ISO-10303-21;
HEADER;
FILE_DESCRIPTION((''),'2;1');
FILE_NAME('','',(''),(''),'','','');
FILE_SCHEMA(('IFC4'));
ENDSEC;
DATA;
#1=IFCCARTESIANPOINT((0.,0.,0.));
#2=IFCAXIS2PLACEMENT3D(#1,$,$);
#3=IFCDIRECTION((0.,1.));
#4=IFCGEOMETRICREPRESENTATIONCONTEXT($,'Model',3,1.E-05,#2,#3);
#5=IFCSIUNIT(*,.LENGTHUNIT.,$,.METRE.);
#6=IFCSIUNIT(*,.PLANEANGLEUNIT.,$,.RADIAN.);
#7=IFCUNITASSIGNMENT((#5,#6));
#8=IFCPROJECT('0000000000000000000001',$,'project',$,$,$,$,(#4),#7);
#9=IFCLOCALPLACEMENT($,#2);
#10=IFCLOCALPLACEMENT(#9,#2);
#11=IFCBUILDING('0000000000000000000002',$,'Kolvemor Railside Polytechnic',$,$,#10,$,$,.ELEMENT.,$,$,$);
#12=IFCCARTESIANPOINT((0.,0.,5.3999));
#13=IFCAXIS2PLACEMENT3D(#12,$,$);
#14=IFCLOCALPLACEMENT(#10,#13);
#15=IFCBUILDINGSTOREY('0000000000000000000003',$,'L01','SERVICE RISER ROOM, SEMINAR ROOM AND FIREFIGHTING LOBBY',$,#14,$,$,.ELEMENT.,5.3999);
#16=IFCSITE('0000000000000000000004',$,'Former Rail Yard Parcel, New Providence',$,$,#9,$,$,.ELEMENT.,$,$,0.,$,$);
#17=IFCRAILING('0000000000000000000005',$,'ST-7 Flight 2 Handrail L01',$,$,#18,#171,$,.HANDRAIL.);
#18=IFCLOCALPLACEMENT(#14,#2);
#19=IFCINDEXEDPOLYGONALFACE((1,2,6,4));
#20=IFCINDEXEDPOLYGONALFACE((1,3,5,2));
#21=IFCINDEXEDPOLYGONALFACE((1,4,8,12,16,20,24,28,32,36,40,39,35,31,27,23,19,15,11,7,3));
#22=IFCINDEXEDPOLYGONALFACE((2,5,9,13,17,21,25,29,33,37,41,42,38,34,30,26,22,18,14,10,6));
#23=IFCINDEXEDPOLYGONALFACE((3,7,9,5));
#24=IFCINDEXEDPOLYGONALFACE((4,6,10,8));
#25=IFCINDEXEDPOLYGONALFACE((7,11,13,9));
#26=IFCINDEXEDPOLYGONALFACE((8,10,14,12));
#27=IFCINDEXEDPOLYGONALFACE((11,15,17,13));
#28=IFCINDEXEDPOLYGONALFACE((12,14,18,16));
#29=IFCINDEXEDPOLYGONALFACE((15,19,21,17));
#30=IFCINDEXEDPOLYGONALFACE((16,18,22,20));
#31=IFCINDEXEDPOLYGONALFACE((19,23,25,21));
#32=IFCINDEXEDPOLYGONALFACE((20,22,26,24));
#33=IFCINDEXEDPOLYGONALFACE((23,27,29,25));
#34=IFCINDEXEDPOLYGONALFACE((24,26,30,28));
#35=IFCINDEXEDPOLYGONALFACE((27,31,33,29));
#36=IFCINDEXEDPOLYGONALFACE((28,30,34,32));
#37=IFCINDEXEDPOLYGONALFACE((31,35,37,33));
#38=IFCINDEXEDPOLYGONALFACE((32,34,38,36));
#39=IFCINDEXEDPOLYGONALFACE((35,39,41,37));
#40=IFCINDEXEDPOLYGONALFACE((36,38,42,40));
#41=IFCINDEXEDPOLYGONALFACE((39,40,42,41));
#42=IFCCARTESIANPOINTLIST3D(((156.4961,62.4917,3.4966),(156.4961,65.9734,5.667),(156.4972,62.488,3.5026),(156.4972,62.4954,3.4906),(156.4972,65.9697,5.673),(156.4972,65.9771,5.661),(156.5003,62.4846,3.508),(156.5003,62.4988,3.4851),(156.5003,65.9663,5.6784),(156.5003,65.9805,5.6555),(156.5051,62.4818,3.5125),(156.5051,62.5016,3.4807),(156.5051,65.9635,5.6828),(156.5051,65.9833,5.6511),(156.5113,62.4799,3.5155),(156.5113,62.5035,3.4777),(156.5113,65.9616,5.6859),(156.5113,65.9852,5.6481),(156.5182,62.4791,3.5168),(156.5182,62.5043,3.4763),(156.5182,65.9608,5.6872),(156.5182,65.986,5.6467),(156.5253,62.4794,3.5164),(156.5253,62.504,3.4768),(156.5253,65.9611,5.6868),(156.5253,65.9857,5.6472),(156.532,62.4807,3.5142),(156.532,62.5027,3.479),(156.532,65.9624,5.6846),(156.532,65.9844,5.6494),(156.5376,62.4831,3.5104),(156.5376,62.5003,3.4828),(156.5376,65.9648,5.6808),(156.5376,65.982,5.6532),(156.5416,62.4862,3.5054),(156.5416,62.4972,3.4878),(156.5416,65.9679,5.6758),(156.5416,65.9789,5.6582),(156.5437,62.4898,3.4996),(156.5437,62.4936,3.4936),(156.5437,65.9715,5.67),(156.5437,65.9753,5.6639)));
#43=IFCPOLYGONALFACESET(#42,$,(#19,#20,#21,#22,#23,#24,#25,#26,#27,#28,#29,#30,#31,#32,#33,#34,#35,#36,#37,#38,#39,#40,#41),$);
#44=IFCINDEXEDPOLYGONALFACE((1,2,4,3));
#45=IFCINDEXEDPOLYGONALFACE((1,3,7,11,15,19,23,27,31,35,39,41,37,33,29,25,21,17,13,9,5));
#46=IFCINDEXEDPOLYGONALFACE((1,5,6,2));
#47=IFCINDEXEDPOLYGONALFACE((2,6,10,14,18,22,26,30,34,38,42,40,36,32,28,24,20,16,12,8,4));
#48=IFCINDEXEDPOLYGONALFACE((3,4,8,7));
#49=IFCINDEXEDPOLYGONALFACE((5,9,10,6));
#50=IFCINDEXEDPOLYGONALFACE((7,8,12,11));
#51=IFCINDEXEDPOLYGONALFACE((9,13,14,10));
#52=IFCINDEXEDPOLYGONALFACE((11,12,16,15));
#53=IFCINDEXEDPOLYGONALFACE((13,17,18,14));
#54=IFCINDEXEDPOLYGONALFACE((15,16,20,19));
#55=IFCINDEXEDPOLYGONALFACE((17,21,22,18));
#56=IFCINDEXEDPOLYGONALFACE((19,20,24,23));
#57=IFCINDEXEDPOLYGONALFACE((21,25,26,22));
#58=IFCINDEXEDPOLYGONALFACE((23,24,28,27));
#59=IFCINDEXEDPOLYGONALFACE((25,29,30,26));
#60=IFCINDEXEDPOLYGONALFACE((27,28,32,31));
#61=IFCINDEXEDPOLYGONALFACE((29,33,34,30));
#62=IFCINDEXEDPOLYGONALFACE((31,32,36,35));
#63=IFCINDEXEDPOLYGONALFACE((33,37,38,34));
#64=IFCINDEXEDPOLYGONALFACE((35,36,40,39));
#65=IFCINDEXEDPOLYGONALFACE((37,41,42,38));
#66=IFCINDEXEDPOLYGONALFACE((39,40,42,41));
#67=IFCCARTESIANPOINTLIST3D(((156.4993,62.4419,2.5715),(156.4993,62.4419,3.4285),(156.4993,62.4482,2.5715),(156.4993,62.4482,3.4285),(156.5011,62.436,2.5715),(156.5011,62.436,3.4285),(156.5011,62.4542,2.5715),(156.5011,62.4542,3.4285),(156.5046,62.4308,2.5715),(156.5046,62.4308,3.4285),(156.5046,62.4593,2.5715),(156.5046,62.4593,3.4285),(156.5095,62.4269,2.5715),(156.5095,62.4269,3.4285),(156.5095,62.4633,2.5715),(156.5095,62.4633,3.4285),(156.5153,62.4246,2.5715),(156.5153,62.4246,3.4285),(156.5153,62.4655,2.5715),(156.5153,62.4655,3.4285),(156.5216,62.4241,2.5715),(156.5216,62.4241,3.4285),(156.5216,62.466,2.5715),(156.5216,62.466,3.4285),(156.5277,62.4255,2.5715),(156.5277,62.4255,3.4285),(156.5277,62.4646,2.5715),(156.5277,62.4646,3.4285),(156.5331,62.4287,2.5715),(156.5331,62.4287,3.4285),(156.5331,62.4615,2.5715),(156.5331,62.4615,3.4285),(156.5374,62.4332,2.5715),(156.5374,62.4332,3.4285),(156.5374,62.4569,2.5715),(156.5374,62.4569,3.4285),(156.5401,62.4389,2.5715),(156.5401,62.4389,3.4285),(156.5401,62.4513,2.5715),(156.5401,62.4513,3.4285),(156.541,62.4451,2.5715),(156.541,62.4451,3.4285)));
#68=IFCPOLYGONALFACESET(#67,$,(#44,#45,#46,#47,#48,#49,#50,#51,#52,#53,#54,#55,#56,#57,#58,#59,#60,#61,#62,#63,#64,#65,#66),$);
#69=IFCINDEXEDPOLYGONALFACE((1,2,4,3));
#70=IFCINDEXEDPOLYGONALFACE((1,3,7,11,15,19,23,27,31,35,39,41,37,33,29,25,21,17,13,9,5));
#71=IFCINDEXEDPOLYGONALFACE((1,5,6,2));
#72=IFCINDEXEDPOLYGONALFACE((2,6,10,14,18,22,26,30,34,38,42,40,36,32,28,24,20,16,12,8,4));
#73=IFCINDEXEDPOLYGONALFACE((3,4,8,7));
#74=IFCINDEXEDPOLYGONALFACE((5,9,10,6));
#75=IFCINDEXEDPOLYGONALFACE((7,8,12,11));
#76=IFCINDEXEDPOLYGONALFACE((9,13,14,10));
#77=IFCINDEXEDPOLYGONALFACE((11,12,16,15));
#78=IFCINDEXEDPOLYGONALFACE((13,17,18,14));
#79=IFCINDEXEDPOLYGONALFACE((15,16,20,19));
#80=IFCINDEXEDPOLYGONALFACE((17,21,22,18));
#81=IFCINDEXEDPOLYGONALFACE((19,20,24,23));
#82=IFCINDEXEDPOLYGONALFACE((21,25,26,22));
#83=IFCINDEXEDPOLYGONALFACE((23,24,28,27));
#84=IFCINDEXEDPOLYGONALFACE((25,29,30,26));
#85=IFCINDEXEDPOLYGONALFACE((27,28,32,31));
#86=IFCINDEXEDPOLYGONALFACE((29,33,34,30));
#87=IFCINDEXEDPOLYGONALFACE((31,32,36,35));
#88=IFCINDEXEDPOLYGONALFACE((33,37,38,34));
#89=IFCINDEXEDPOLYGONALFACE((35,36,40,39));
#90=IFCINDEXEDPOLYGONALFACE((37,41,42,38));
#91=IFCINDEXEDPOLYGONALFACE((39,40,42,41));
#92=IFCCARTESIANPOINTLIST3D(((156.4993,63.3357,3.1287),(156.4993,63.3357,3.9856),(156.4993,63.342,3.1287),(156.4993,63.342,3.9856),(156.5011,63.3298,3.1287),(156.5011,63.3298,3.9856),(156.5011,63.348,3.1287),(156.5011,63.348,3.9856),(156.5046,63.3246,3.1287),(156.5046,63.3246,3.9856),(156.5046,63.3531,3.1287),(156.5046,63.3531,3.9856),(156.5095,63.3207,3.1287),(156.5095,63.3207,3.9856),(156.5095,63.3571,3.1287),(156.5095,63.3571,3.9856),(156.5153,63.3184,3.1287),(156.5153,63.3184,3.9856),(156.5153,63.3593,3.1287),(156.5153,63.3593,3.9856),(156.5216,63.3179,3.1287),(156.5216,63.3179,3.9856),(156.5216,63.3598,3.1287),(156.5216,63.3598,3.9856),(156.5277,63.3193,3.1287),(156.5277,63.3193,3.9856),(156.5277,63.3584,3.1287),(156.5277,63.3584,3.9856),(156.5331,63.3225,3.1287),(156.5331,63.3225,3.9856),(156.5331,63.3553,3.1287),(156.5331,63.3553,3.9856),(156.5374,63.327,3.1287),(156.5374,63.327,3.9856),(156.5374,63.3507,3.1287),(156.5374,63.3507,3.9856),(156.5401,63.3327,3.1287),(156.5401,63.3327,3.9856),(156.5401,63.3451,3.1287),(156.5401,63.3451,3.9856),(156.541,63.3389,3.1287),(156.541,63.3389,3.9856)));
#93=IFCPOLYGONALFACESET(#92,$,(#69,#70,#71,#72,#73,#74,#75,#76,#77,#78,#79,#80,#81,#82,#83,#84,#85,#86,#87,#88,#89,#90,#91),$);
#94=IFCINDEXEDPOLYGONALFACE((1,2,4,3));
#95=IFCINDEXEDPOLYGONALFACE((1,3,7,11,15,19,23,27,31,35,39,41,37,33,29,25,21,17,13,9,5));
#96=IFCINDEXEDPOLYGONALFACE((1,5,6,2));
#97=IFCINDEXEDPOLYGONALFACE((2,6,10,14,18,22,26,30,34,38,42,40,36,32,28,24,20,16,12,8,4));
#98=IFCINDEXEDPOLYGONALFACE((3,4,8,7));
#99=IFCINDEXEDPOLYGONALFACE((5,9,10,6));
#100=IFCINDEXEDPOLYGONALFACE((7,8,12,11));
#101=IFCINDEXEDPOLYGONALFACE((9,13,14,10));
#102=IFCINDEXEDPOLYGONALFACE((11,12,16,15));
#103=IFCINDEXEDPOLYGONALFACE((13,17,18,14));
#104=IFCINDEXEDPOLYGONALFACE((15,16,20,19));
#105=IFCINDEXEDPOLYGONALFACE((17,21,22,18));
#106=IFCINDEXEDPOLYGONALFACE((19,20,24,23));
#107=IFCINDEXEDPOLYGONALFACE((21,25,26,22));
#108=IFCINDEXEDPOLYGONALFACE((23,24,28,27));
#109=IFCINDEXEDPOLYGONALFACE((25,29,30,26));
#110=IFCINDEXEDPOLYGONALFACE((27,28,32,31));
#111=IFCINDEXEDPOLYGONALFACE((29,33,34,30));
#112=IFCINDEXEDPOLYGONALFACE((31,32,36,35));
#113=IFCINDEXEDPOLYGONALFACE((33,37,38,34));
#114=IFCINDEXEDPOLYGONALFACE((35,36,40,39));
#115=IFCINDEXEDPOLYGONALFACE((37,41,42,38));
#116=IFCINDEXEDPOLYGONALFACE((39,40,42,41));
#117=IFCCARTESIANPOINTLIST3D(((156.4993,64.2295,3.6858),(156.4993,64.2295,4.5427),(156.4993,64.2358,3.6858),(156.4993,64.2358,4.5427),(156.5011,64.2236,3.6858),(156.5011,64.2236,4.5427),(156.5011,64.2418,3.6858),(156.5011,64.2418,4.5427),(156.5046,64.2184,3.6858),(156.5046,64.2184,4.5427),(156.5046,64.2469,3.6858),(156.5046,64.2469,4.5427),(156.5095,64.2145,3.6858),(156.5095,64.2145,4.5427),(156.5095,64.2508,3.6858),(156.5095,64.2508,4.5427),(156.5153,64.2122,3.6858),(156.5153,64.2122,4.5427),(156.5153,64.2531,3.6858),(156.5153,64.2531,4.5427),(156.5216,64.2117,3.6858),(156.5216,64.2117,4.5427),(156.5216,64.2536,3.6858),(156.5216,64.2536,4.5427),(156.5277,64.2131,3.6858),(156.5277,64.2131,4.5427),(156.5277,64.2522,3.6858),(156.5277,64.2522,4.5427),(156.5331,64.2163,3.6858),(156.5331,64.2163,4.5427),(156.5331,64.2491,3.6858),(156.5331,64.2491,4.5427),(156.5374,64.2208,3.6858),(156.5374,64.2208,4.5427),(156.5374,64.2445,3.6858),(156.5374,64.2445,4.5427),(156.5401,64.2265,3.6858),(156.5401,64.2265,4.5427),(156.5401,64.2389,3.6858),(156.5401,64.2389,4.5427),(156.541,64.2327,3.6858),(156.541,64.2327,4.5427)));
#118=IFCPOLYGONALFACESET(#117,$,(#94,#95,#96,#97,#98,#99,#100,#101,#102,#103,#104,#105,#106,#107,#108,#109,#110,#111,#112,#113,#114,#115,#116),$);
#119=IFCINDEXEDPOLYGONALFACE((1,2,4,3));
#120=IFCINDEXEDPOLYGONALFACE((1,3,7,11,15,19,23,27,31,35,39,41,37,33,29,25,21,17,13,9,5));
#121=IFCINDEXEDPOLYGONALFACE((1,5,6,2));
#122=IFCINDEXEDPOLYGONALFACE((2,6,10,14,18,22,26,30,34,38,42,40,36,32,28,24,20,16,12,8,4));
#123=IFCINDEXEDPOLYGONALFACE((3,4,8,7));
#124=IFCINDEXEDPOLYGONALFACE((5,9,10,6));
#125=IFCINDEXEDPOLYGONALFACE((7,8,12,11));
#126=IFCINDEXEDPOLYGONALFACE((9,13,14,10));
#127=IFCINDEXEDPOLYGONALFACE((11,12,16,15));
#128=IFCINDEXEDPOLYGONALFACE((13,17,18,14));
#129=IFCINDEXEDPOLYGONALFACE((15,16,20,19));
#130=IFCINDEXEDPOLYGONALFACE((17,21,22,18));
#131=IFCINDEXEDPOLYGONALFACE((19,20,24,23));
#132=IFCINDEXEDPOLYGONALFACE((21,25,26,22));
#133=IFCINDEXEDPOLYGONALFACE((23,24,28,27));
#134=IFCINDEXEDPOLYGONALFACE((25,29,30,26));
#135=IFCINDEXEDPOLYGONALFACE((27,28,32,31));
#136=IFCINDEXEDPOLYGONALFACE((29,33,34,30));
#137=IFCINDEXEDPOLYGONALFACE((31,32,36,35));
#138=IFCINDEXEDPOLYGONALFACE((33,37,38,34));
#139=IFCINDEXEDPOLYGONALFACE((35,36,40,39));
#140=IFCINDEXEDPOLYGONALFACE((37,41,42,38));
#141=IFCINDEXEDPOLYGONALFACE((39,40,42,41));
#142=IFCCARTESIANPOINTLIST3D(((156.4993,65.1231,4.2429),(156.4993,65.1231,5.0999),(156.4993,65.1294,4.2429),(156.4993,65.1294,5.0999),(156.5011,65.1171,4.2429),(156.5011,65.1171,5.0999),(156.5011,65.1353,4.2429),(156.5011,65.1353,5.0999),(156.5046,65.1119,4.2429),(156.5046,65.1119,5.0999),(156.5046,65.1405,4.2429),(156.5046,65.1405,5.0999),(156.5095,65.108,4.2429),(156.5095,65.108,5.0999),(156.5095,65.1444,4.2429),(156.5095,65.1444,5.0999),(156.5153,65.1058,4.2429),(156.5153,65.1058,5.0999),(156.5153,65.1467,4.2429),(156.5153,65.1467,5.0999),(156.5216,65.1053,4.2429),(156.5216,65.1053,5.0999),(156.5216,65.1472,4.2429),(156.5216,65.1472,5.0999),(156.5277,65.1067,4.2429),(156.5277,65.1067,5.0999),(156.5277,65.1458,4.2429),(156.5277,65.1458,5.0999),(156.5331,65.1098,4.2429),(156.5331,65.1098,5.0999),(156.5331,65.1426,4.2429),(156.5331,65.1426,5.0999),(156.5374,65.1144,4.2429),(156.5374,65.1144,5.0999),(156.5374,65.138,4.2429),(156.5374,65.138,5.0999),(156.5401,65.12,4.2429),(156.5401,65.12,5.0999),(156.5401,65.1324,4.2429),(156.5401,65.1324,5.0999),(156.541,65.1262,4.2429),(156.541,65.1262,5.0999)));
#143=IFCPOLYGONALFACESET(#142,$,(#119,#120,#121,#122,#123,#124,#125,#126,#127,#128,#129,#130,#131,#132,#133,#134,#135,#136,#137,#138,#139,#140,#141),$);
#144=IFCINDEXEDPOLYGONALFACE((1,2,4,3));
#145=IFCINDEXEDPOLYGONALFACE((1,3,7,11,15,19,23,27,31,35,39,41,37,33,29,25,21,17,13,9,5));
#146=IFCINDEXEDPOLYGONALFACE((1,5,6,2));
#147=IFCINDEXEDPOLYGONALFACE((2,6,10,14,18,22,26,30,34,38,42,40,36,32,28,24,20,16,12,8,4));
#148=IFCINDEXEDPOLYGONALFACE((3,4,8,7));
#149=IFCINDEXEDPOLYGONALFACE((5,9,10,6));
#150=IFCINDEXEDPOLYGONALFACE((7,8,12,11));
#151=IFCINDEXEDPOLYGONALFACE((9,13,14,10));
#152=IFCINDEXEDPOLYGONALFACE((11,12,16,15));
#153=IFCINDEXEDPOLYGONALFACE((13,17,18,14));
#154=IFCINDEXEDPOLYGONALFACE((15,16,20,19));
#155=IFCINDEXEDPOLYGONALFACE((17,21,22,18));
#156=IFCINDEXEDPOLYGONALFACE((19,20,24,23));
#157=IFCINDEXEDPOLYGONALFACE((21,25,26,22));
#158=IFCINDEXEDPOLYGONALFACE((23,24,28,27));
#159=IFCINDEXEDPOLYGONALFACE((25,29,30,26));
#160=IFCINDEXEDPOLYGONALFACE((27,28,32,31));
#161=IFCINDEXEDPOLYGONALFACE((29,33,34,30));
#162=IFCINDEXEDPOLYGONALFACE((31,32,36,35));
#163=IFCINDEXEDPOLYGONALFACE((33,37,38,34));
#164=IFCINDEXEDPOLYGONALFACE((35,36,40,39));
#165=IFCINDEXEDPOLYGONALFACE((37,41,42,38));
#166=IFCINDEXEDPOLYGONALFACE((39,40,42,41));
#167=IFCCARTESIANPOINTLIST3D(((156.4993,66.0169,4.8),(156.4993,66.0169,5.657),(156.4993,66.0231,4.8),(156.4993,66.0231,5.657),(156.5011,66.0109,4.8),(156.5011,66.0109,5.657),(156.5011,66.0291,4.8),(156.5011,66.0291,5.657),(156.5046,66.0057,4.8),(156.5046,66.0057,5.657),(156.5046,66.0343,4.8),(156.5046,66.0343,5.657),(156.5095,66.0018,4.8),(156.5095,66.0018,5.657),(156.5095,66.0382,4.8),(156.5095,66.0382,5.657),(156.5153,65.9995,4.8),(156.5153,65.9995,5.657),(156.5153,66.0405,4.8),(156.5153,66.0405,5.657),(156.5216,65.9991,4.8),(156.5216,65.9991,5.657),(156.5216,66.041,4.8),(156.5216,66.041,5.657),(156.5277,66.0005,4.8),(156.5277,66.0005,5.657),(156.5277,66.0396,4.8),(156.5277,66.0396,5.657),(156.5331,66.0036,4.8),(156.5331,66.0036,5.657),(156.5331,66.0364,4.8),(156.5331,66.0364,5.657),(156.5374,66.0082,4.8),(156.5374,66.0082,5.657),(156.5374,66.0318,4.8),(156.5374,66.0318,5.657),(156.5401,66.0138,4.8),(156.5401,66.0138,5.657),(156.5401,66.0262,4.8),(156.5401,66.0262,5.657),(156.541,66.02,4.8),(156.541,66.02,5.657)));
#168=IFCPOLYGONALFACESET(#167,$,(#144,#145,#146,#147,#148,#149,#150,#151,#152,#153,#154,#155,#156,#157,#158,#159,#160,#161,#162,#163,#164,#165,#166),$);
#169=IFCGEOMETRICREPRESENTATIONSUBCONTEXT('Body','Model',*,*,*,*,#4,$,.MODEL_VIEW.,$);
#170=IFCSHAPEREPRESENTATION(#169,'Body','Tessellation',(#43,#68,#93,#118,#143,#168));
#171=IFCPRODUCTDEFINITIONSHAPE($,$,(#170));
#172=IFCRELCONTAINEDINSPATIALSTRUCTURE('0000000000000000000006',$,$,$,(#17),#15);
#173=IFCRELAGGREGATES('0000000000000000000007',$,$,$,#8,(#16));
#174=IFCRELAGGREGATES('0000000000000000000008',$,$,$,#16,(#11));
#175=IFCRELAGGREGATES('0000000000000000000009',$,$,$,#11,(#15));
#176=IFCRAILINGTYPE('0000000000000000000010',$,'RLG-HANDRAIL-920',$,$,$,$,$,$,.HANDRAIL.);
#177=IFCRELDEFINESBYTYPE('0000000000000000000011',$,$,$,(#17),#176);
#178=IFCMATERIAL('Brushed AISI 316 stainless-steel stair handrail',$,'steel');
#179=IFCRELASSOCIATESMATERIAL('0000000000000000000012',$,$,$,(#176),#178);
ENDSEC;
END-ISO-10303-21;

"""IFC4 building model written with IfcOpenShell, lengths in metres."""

from ifc_helpers import new_model, si_unit, direction, frame, origin, origin_2d, place, context, subcontext, project, spatial, circle, extrude, material, type_object, element, save


model = new_model("IFC4")

# Units and contexts
model_context = context("Model", 3, precision=1e-05, world=origin(), true_north=direction((0.0, 1.0)))
body_context = subcontext(model_context, "Body", "Model", "MODEL_VIEW")
ifc_project = project(units=[si_unit("LENGTHUNIT", "METRE"), si_unit("PLANEANGLEUNIT", "RADIAN")], contexts=[model_context])

# Site, building, storey
site_placement = place(None, origin())
site = spatial("IfcSite", under=ifc_project, at=site_placement, Name="Former Rail Yard Parcel, New Providence", CompositionType="ELEMENT", RefElevation=0.0)
building_placement = place(site_placement, origin())
building = spatial("IfcBuilding", under=site, at=building_placement, Name="Kolvemor Railside Polytechnic", CompositionType="ELEMENT")
storey_placement = place(building_placement, frame((0.0, 0.0, 5.3999)))
storey = spatial("IfcBuildingStorey", under=building, at=storey_placement, Name="L01", Description="SERVICE RISER ROOM, SEMINAR ROOM AND FIREFIGHTING LOBBY", CompositionType="ELEMENT", Elevation=5.3999)

# Railing
ifc_material_1 = material(Name="Brushed AISI 316 stainless-steel stair handrail", Category="steel")
railing_type_1 = type_object("IfcRailingType", Name="RLG-HANDRAIL-920", PredefinedType="HANDRAIL", material=ifc_material_1)
railing_1_placement = place(storey_placement, frame((156.52, 62.4451, 2.5715)))
element("IfcRailing", 1, at=railing_1_placement, inside=storey, type_object=railing_type_1, Name="ST-7 Flight 2 Handrail L01", PredefinedType="HANDRAIL", context=body_context, shape_type="SweptSolid", body=[
    extrude(circle(Radius=0.0239, at=origin_2d()), frame((0.0, 0.0466, 0.925), z_axis=(0.0, 0.84862, 0.529004), x_axis=(-1.0, 0.0, 0.0)), (0.0, 0.0, 1.0), 4.1028),
    extrude(circle(Radius=0.021, at=origin_2d()), origin(), (0.0, 0.0, 1.0), 0.8569),
    extrude(circle(Radius=0.021, at=origin_2d()), frame((0.0, 0.8938, 0.5571)), (0.0, 0.0, 1.0), 0.8569),
    extrude(circle(Radius=0.021, at=origin_2d()), frame((0.0, 1.7876, 1.1143)), (0.0, 0.0, 1.0), 0.8569),
    extrude(circle(Radius=0.021, at=origin_2d()), frame((0.0, 2.6812, 1.6714)), (0.0, 0.0, 1.0), 0.8569),
    extrude(circle(Radius=0.021, at=origin_2d()), frame((0.0, 3.575, 2.2285)), (0.0, 0.0, 1.0), 0.8569),
])

save(model, "model.ifc")
